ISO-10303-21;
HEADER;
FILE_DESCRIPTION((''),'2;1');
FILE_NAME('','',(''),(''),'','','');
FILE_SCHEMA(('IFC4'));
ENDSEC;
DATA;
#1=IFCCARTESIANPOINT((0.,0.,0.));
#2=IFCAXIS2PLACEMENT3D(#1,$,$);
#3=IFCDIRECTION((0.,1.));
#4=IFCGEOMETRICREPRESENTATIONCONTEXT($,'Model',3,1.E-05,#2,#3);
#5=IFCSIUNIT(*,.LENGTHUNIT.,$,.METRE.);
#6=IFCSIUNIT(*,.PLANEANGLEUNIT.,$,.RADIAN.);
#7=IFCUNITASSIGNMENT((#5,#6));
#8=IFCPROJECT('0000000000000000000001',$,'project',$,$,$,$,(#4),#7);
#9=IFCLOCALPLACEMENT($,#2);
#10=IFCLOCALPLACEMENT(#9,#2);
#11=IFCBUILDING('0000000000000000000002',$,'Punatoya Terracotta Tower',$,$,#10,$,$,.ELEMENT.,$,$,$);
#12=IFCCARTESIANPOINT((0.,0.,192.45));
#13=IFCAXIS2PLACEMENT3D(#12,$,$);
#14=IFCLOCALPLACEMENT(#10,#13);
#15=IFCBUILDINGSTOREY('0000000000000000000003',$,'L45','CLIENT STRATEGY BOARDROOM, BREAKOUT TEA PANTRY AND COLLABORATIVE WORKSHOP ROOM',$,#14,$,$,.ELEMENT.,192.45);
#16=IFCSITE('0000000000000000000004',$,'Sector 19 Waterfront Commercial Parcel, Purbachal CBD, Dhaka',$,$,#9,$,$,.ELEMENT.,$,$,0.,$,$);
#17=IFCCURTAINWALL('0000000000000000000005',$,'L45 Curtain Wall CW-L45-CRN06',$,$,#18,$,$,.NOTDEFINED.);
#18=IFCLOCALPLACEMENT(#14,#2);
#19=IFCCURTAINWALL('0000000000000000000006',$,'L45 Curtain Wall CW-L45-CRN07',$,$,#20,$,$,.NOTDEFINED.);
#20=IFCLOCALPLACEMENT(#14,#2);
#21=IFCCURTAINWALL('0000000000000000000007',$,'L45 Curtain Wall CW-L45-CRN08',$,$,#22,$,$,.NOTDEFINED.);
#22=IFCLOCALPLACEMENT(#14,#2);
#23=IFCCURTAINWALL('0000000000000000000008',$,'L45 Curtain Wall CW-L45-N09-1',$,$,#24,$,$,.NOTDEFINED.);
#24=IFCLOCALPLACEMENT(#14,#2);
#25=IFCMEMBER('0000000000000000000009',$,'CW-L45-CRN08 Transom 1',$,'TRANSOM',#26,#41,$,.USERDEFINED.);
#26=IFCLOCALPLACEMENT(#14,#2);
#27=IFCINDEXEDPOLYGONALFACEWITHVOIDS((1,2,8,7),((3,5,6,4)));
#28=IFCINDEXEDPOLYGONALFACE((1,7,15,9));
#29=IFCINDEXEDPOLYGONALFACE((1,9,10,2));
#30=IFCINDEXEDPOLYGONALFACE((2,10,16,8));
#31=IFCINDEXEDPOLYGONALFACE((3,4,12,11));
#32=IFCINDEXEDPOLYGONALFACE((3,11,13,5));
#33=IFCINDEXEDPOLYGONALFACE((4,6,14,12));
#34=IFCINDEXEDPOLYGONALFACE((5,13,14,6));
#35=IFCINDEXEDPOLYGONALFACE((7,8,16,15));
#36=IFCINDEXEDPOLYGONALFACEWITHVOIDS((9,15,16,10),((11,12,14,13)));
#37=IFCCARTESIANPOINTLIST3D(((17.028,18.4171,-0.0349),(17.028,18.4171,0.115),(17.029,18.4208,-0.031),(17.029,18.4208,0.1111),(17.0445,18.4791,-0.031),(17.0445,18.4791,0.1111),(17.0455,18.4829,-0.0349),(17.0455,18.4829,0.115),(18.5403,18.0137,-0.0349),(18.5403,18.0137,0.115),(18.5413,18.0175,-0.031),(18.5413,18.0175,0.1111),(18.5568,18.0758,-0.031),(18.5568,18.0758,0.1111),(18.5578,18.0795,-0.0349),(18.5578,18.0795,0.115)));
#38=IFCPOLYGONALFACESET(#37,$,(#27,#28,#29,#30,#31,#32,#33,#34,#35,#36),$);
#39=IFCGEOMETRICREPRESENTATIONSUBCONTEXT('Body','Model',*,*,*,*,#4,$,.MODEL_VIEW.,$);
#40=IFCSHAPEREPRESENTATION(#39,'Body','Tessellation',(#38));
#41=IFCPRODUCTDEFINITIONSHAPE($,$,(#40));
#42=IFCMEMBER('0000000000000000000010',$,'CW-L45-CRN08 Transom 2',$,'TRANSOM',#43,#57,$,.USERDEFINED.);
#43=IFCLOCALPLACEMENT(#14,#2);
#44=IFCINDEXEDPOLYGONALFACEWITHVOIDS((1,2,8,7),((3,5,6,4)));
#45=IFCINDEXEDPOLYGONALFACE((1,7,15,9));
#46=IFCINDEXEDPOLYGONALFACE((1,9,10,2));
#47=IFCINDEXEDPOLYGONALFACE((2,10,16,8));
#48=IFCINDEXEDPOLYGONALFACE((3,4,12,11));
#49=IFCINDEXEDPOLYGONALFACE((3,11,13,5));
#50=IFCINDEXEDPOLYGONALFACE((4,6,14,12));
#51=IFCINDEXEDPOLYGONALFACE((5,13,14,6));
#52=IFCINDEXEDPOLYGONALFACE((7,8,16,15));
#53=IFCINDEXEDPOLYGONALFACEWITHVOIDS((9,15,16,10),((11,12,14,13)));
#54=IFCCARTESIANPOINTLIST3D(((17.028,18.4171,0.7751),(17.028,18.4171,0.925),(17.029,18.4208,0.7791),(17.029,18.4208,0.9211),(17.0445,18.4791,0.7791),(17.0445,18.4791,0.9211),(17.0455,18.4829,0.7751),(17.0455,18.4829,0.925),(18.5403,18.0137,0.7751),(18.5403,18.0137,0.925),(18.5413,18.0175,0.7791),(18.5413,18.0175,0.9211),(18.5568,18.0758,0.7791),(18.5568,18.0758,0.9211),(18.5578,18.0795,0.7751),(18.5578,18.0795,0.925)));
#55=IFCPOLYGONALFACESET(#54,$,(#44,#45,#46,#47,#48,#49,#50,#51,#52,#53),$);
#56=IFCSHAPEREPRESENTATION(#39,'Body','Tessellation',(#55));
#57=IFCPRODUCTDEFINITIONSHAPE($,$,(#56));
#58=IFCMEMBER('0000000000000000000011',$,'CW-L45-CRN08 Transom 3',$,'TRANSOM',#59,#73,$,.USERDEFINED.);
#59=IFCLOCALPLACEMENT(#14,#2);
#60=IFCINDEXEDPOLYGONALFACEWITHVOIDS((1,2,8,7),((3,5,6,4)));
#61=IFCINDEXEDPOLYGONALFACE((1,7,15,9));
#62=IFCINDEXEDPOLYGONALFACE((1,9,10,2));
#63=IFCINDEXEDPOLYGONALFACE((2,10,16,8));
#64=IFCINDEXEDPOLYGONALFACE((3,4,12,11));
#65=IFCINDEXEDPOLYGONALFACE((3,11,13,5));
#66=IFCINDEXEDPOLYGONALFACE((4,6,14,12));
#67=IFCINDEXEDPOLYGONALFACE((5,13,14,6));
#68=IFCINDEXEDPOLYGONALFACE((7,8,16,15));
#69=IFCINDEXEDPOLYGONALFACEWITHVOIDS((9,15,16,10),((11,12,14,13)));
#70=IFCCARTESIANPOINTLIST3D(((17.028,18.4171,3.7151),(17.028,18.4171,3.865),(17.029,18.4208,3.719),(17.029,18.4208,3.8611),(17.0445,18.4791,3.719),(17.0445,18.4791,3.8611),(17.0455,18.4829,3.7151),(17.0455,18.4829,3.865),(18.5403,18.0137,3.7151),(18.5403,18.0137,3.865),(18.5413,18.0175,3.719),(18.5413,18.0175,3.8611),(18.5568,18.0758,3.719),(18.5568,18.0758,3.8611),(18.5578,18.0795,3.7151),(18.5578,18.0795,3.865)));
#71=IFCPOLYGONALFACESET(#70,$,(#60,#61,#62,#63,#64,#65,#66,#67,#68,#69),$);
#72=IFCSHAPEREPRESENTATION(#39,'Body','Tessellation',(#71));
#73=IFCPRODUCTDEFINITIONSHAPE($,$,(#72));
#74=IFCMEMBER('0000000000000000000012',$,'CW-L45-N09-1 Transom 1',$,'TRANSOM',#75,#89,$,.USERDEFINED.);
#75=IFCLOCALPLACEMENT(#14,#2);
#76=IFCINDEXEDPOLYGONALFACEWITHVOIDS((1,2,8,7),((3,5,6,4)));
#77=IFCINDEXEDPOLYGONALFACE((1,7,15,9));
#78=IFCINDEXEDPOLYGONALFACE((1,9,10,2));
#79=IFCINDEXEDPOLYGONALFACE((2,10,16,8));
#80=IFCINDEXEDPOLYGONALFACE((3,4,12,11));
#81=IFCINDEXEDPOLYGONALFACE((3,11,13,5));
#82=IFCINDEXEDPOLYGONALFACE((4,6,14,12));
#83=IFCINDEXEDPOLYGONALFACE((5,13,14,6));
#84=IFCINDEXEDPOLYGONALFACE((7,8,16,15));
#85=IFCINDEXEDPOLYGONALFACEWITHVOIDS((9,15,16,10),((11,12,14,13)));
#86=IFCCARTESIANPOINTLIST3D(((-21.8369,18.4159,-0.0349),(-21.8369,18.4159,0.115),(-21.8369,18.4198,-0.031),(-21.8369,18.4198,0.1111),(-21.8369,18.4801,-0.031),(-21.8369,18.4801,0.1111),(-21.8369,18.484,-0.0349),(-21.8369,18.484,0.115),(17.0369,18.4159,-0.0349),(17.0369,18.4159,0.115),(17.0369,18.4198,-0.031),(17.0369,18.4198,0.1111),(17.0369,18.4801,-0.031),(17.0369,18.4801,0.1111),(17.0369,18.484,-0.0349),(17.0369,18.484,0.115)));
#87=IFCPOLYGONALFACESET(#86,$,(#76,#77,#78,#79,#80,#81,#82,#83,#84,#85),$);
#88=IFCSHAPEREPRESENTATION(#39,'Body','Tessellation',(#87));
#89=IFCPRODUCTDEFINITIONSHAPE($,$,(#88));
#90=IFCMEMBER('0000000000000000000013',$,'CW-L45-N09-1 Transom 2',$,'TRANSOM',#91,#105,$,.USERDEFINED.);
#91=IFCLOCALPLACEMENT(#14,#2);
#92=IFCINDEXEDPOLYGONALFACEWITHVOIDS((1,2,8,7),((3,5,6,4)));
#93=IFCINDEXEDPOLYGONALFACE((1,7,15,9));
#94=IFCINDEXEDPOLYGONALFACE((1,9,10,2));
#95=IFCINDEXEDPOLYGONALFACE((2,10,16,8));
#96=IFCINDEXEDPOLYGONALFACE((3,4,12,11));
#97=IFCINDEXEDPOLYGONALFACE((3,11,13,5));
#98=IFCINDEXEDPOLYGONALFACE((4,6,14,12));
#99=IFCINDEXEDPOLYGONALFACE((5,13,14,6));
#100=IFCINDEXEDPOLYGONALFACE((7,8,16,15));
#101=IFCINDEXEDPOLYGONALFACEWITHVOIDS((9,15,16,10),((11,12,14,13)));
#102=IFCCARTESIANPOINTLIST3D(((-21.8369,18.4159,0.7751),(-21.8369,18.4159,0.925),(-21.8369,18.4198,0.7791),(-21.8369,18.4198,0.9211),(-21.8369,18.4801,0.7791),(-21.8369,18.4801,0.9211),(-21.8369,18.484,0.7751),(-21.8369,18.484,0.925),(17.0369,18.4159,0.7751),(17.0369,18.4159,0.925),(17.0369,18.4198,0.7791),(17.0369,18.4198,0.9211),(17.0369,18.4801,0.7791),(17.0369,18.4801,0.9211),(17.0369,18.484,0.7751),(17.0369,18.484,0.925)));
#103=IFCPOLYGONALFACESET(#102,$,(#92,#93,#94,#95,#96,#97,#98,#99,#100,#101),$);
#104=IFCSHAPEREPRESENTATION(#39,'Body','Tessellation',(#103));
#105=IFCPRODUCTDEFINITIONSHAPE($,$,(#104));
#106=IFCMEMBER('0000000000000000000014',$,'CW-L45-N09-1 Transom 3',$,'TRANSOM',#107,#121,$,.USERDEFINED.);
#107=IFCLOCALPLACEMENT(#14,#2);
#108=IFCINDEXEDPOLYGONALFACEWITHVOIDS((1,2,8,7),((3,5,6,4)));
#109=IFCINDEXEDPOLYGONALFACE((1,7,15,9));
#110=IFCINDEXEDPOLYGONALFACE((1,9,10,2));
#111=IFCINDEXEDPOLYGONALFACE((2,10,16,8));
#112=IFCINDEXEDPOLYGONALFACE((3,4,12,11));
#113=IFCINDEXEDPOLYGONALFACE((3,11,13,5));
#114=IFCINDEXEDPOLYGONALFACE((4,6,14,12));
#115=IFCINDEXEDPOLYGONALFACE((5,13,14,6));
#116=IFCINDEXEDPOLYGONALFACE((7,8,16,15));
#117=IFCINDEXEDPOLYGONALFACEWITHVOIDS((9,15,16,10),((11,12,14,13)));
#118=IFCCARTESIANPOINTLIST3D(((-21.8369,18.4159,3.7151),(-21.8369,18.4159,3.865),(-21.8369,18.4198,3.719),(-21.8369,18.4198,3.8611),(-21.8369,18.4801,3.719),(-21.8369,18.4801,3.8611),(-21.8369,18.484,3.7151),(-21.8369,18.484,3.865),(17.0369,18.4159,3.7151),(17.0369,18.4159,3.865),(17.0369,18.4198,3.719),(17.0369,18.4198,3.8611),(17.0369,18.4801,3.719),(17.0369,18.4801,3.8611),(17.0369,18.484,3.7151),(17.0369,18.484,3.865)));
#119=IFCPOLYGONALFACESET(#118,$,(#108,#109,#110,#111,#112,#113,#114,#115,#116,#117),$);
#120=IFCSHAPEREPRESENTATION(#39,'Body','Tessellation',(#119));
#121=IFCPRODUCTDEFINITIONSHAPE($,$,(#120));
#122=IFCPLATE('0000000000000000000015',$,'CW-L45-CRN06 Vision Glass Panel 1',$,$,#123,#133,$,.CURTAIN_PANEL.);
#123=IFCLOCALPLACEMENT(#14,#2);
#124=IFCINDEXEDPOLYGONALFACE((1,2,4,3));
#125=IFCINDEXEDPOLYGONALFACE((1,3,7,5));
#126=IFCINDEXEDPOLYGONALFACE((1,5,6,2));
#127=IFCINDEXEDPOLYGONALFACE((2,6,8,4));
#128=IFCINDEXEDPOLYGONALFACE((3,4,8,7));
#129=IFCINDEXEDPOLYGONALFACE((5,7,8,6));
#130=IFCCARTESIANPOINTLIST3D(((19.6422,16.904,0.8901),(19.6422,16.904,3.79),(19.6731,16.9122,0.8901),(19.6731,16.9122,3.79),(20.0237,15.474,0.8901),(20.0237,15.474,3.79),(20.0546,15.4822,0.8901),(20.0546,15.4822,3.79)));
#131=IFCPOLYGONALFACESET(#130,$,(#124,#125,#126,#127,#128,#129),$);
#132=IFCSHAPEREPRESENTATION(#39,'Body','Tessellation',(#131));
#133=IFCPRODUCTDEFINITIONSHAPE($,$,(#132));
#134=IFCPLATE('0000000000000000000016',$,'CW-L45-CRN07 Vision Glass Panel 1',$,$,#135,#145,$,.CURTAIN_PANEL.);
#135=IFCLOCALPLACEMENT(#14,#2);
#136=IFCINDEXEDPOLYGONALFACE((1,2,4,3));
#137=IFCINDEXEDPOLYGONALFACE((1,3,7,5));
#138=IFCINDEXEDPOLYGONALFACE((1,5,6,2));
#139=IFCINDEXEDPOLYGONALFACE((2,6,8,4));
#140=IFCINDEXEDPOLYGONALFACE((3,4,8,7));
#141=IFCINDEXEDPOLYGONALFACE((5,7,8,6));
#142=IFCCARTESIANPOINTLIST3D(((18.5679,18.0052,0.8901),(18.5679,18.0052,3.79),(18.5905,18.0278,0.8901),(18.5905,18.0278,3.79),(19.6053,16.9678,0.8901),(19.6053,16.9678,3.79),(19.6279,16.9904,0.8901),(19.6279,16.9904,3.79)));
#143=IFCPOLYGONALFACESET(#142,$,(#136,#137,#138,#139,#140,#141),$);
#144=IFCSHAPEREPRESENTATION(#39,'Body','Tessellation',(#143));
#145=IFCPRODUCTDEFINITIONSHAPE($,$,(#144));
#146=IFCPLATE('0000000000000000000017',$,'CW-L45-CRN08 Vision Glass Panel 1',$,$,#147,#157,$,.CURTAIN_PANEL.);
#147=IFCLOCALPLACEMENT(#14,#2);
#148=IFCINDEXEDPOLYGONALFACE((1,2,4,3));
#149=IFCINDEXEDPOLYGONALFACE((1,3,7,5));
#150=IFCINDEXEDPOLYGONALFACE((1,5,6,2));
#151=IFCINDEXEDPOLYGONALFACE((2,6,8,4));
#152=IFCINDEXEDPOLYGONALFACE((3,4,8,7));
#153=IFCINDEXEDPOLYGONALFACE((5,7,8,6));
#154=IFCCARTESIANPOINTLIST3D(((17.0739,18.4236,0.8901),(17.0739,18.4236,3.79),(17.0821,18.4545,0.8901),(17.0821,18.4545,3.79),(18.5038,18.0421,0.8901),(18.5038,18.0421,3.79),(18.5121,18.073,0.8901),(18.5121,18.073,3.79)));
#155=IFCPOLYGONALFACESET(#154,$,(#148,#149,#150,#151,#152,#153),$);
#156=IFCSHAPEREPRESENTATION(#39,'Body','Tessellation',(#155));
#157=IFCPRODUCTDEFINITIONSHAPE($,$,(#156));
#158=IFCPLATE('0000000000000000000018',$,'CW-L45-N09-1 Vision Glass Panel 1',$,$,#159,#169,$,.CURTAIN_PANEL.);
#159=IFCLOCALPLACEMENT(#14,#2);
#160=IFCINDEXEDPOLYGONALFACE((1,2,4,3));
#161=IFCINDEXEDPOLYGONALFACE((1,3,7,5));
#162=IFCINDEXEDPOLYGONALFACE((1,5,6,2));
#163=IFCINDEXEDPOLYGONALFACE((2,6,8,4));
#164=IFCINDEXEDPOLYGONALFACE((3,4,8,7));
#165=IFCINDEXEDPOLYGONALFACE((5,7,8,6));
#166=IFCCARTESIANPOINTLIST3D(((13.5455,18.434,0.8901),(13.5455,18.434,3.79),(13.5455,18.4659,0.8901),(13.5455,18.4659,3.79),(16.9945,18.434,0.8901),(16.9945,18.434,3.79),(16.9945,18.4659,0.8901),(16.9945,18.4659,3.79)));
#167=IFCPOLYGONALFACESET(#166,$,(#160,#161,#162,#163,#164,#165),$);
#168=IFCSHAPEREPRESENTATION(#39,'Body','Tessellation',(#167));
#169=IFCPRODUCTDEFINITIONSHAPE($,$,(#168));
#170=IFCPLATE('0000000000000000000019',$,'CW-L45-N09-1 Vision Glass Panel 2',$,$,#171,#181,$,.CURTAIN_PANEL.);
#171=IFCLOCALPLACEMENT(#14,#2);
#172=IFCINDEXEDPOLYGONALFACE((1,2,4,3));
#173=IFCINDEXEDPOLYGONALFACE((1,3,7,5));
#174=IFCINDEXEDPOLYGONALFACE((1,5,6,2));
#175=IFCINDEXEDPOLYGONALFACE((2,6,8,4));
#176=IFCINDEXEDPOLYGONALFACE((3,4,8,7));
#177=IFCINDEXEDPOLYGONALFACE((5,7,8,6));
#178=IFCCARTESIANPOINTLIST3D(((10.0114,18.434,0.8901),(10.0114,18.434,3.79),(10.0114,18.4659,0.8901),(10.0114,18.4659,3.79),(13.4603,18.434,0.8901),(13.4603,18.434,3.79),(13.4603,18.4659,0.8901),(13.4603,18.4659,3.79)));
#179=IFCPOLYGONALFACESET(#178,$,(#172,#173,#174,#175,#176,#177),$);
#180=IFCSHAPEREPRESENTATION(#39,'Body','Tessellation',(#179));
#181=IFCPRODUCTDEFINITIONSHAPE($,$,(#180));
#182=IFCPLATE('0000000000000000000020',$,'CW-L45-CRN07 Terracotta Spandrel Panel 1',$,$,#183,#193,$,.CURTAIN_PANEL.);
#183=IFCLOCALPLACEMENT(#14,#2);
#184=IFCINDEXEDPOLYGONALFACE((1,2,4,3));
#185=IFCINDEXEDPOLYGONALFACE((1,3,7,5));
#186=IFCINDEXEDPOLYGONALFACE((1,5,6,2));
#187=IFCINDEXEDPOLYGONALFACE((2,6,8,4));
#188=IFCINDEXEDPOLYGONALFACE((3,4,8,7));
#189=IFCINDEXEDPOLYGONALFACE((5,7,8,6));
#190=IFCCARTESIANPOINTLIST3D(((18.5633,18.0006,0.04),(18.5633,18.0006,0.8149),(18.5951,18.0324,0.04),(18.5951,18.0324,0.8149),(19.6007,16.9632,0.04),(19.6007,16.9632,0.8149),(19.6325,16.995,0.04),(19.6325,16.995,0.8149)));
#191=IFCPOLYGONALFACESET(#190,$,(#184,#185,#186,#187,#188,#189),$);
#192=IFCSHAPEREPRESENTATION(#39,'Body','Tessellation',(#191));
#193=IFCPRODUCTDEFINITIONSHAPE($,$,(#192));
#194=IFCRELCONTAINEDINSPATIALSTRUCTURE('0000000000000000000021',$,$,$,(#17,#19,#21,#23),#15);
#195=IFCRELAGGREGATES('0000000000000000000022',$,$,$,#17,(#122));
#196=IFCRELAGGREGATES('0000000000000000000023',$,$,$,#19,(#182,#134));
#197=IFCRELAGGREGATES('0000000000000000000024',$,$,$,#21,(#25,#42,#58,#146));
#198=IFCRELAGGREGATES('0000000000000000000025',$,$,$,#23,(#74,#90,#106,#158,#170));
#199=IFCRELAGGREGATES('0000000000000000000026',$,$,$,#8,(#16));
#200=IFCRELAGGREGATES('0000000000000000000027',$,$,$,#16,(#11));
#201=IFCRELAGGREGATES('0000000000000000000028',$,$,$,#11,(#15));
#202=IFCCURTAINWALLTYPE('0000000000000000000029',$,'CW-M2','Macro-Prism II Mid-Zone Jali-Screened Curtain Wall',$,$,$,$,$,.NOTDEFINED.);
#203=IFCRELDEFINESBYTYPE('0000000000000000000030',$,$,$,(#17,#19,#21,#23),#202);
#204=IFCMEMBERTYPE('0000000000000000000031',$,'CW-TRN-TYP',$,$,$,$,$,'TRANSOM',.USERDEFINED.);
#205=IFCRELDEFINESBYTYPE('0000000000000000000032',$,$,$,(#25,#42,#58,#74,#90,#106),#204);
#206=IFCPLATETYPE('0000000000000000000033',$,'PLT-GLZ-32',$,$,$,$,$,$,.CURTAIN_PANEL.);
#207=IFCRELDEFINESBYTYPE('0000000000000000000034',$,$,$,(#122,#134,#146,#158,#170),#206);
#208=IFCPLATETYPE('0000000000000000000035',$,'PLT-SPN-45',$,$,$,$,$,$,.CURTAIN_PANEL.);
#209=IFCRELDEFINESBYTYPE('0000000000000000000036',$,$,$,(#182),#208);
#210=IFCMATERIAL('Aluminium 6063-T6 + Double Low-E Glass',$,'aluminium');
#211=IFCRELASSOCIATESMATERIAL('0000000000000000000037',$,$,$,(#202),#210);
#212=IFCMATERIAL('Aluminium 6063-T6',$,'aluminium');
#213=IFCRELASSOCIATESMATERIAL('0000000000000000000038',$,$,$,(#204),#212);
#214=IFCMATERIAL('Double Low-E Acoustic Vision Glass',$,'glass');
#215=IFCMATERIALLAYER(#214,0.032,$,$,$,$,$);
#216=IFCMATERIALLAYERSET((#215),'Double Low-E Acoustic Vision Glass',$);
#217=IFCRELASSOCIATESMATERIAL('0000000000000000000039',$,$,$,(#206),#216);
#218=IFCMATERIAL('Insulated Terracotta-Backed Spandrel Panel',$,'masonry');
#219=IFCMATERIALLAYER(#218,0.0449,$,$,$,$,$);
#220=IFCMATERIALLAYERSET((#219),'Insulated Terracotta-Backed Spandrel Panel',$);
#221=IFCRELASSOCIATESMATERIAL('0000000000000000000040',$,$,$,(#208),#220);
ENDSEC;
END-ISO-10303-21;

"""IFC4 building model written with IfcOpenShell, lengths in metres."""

from ifc_helpers import new_model, si_unit, direction, frame, origin, origin_2d, place, context, subcontext, project, spatial, rectangle, hollow_rectangle, extrude, material, layer, layer_set, material_profile, profile_set, type_object, element, aggregate, save


model = new_model("IFC4")

# Units and contexts
model_context = context("Model", 3, precision=1e-05, world=origin(), true_north=direction((0.0, 1.0)))
body_context = subcontext(model_context, "Body", "Model", "MODEL_VIEW")
ifc_project = project(units=[si_unit("LENGTHUNIT", "METRE"), si_unit("PLANEANGLEUNIT", "RADIAN")], contexts=[model_context])

# Site, building, storey
site_placement = place(None, origin())
site = spatial("IfcSite", under=ifc_project, at=site_placement, Name="Sector 19 Waterfront Commercial Parcel, Purbachal CBD, Dhaka", CompositionType="ELEMENT", RefElevation=0.0)
building_placement = place(site_placement, origin())
building = spatial("IfcBuilding", under=site, at=building_placement, Name="Punatoya Terracotta Tower", CompositionType="ELEMENT")
storey_placement = place(building_placement, frame((0.0, 0.0, 192.45)))
storey = spatial("IfcBuildingStorey", under=building, at=storey_placement, Name="L45", Description="CLIENT STRATEGY BOARDROOM, BREAKOUT TEA PANTRY AND COLLABORATIVE WORKSHOP ROOM", CompositionType="ELEMENT", Elevation=192.45)

# Curtain wall
ifc_material_1 = material(Name="Aluminium 6063-T6 + Double Low-E Glass", Category="aluminium")
curtain_wall_type = type_object("IfcCurtainWallType", Name="CW-M2", Description="Macro-Prism II Mid-Zone Jali-Screened Curtain Wall", PredefinedType="NOTDEFINED", material=ifc_material_1)
curtain_wall_1_placement = place(storey_placement, origin())
curtain_wall_1 = element("IfcCurtainWall", 1, at=curtain_wall_1_placement, inside=storey, type_object=curtain_wall_type, Name="L45 Curtain Wall CW-L45-CRN06", PredefinedType="NOTDEFINED")
ifc_material_2 = material(Name="Aluminium 6063-T6", Category="aluminium")

# Curtain walls
curtain_wall_2_placement = place(storey_placement, origin())
curtain_wall_2 = element("IfcCurtainWall", 2, at=curtain_wall_2_placement, inside=storey, type_object=curtain_wall_type, Name="L45 Curtain Wall CW-L45-CRN07", PredefinedType="NOTDEFINED")
curtain_wall_3_placement = place(storey_placement, origin())
curtain_wall_3 = element("IfcCurtainWall", 3, at=curtain_wall_3_placement, inside=storey, type_object=curtain_wall_type, Name="L45 Curtain Wall CW-L45-CRN08", PredefinedType="NOTDEFINED")
curtain_wall_4_placement = place(storey_placement, origin())
curtain_wall_4 = element("IfcCurtainWall", 4, at=curtain_wall_4_placement, inside=storey, type_object=curtain_wall_type, Name="L45 Curtain Wall CW-L45-N09-1", PredefinedType="NOTDEFINED")

# Members
ifc_material_profile_1 = material_profile(ifc_material_2, hollow_rectangle(XDim=0.0681, YDim=0.1499, WallThickness=0.0039, at=origin_2d()))
ifc_profile_set_1 = profile_set([ifc_material_profile_1], Name="Aluminium 6063-T6")
member_type_1 = type_object("IfcMemberType", Name="CW-TRN-TYP", ElementType="TRANSOM", PredefinedType="USERDEFINED", material=ifc_profile_set_1)
member_1_placement = place(storey_placement, frame((18.5491, 18.0466, 0.04), z_axis=(-0.966225, 0.257701, 0.0), x_axis=(-0.257701, -0.966225, 0.0)))
member_1 = element("IfcMember", 5, at=member_1_placement, type_object=member_type_1, Name="CW-L45-CRN08 Transom 1", ObjectType="TRANSOM", PredefinedType="USERDEFINED", context=body_context, shape_type="SweptSolid", body=[
    extrude(hollow_rectangle(XDim=0.0681, YDim=0.1499, WallThickness=0.0039, at=origin_2d()), origin(), (0.0, 0.0, 1.0), 1.5652),
])
member_2_placement = place(storey_placement, frame((18.5491, 18.0466, 0.8501), z_axis=(-0.966225, 0.257701, 0.0), x_axis=(-0.257701, -0.966225, 0.0)))
member_2 = element("IfcMember", 6, at=member_2_placement, type_object=member_type_1, Name="CW-L45-CRN08 Transom 2", ObjectType="TRANSOM", PredefinedType="USERDEFINED", context=body_context, shape_type="SweptSolid", body=[
    extrude(hollow_rectangle(XDim=0.0681, YDim=0.1499, WallThickness=0.0039, at=origin_2d()), origin(), (0.0, 0.0, 1.0), 1.5652),
])
member_3_placement = place(storey_placement, frame((18.5491, 18.0466, 3.79), z_axis=(-0.966225, 0.257701, 0.0), x_axis=(-0.257701, -0.966225, 0.0)))
member_3 = element("IfcMember", 7, at=member_3_placement, type_object=member_type_1, Name="CW-L45-CRN08 Transom 3", ObjectType="TRANSOM", PredefinedType="USERDEFINED", context=body_context, shape_type="SweptSolid", body=[
    extrude(hollow_rectangle(XDim=0.0681, YDim=0.1499, WallThickness=0.0039, at=origin_2d()), origin(), (0.0, 0.0, 1.0), 1.5652),
])
member_4_placement = place(storey_placement, frame((17.0369, 18.45, 0.04), z_axis=(-1.0, 0.0, 0.0), x_axis=(0.0, -1.0, 0.0)))
member_4 = element("IfcMember", 8, at=member_4_placement, type_object=member_type_1, Name="CW-L45-N09-1 Transom 1", ObjectType="TRANSOM", PredefinedType="USERDEFINED", context=body_context, shape_type="SweptSolid", body=[
    extrude(hollow_rectangle(XDim=0.0681, YDim=0.1499, WallThickness=0.0039, at=origin_2d()), origin(), (0.0, 0.0, 1.0), 38.8738),
])
member_5_placement = place(storey_placement, frame((17.0369, 18.45, 0.8501), z_axis=(-1.0, 0.0, 0.0), x_axis=(0.0, -1.0, 0.0)))
member_5 = element("IfcMember", 9, at=member_5_placement, type_object=member_type_1, Name="CW-L45-N09-1 Transom 2", ObjectType="TRANSOM", PredefinedType="USERDEFINED", context=body_context, shape_type="SweptSolid", body=[
    extrude(hollow_rectangle(XDim=0.0681, YDim=0.1499, WallThickness=0.0039, at=origin_2d()), origin(), (0.0, 0.0, 1.0), 38.8738),
])
member_6_placement = place(storey_placement, frame((17.0369, 18.45, 3.79), z_axis=(-1.0, 0.0, 0.0), x_axis=(0.0, -1.0, 0.0)))
member_6 = element("IfcMember", 10, at=member_6_placement, type_object=member_type_1, Name="CW-L45-N09-1 Transom 3", ObjectType="TRANSOM", PredefinedType="USERDEFINED", context=body_context, shape_type="SweptSolid", body=[
    extrude(hollow_rectangle(XDim=0.0681, YDim=0.1499, WallThickness=0.0039, at=origin_2d()), origin(), (0.0, 0.0, 1.0), 38.8738),
])

# Plates
ifc_material_3 = material(Name="Double Low-E Acoustic Vision Glass", Category="glass")
ifc_layer_1 = layer(ifc_material_3, 0.032)
ifc_layer_set_1 = layer_set([ifc_layer_1], Name="Double Low-E Acoustic Vision Glass")
plate_type_1 = type_object("IfcPlateType", Name="PLT-GLZ-32", PredefinedType="CURTAIN_PANEL", material=ifc_layer_set_1)
plate_1_placement = place(storey_placement, frame((19.8484, 16.1931, 0.8901), z_axis=(0.0, 0.0, 1.0), x_axis=(-0.257742, 0.966214, 0.0)))
plate_1 = element("IfcPlate", 11, at=plate_1_placement, type_object=plate_type_1, Name="CW-L45-CRN06 Vision Glass Panel 1", PredefinedType="CURTAIN_PANEL", context=body_context, shape_type="SweptSolid", body=[
    extrude(rectangle(XDim=1.48, YDim=0.032, at=origin_2d()), origin(), (0.0, 0.0, 1.0), 2.8999),
])
aggregate(curtain_wall_1, [plate_1])
plate_2_placement = place(storey_placement, frame((19.0979, 17.4978, 0.8901), z_axis=(0.0, 0.0, 1.0), x_axis=(-0.707107, 0.707107, 0.0)))
plate_2 = element("IfcPlate", 12, at=plate_2_placement, type_object=plate_type_1, Name="CW-L45-CRN07 Vision Glass Panel 1", PredefinedType="CURTAIN_PANEL", context=body_context, shape_type="SweptSolid", body=[
    extrude(rectangle(XDim=1.467, YDim=0.032, at=origin_2d()), origin(), (0.0, 0.0, 1.0), 2.8999),
])
plate_3_placement = place(storey_placement, frame((17.793, 18.2483, 0.8901), z_axis=(0.0, 0.0, 1.0), x_axis=(-0.966214, 0.257742, 0.0)))
plate_3 = element("IfcPlate", 13, at=plate_3_placement, type_object=plate_type_1, Name="CW-L45-CRN08 Vision Glass Panel 1", PredefinedType="CURTAIN_PANEL", context=body_context, shape_type="SweptSolid", body=[
    extrude(rectangle(XDim=1.48, YDim=0.032, at=origin_2d()), origin(), (0.0, 0.0, 1.0), 2.8999),
])
plate_4_placement = place(storey_placement, frame((15.27, 18.45, 0.8901), z_axis=(0.0, 0.0, 1.0), x_axis=(-1.0, 0.0, 0.0)))
plate_4 = element("IfcPlate", 14, at=plate_4_placement, type_object=plate_type_1, Name="CW-L45-N09-1 Vision Glass Panel 1", PredefinedType="CURTAIN_PANEL", context=body_context, shape_type="SweptSolid", body=[
    extrude(rectangle(XDim=3.449, YDim=0.032, at=origin_2d()), origin(), (0.0, 0.0, 1.0), 2.8999),
])
plate_5_placement = place(storey_placement, frame((11.7358, 18.45, 0.8901), z_axis=(0.0, 0.0, 1.0), x_axis=(-1.0, 0.0, 0.0)))
plate_5 = element("IfcPlate", 15, at=plate_5_placement, type_object=plate_type_1, Name="CW-L45-N09-1 Vision Glass Panel 2", PredefinedType="CURTAIN_PANEL", context=body_context, shape_type="SweptSolid", body=[
    extrude(rectangle(XDim=3.449, YDim=0.032, at=origin_2d()), origin(), (0.0, 0.0, 1.0), 2.8999),
])
ifc_material_4 = material(Name="Insulated Terracotta-Backed Spandrel Panel", Category="masonry")
ifc_layer_2 = layer(ifc_material_4, 0.0449)
ifc_layer_set_2 = layer_set([ifc_layer_2], Name="Insulated Terracotta-Backed Spandrel Panel")
plate_type_2 = type_object("IfcPlateType", Name="PLT-SPN-45", PredefinedType="CURTAIN_PANEL", material=ifc_layer_set_2)
plate_6_placement = place(storey_placement, frame((19.0979, 17.4978, 0.04), z_axis=(0.0, 0.0, 1.0), x_axis=(-0.707107, 0.707107, 0.0)))
plate_6 = element("IfcPlate", 16, at=plate_6_placement, type_object=plate_type_2, Name="CW-L45-CRN07 Terracotta Spandrel Panel 1", PredefinedType="CURTAIN_PANEL", context=body_context, shape_type="SweptSolid", body=[
    extrude(rectangle(XDim=1.467, YDim=0.0449, at=origin_2d()), origin(), (0.0, 0.0, 1.0), 0.7749),
])
aggregate(curtain_wall_2, [plate_6, plate_2])
aggregate(curtain_wall_3, [member_1, member_2, member_3, plate_3])
aggregate(curtain_wall_4, [member_4, member_5, member_6, plate_4, plate_5])

save(model, "model.ifc")
